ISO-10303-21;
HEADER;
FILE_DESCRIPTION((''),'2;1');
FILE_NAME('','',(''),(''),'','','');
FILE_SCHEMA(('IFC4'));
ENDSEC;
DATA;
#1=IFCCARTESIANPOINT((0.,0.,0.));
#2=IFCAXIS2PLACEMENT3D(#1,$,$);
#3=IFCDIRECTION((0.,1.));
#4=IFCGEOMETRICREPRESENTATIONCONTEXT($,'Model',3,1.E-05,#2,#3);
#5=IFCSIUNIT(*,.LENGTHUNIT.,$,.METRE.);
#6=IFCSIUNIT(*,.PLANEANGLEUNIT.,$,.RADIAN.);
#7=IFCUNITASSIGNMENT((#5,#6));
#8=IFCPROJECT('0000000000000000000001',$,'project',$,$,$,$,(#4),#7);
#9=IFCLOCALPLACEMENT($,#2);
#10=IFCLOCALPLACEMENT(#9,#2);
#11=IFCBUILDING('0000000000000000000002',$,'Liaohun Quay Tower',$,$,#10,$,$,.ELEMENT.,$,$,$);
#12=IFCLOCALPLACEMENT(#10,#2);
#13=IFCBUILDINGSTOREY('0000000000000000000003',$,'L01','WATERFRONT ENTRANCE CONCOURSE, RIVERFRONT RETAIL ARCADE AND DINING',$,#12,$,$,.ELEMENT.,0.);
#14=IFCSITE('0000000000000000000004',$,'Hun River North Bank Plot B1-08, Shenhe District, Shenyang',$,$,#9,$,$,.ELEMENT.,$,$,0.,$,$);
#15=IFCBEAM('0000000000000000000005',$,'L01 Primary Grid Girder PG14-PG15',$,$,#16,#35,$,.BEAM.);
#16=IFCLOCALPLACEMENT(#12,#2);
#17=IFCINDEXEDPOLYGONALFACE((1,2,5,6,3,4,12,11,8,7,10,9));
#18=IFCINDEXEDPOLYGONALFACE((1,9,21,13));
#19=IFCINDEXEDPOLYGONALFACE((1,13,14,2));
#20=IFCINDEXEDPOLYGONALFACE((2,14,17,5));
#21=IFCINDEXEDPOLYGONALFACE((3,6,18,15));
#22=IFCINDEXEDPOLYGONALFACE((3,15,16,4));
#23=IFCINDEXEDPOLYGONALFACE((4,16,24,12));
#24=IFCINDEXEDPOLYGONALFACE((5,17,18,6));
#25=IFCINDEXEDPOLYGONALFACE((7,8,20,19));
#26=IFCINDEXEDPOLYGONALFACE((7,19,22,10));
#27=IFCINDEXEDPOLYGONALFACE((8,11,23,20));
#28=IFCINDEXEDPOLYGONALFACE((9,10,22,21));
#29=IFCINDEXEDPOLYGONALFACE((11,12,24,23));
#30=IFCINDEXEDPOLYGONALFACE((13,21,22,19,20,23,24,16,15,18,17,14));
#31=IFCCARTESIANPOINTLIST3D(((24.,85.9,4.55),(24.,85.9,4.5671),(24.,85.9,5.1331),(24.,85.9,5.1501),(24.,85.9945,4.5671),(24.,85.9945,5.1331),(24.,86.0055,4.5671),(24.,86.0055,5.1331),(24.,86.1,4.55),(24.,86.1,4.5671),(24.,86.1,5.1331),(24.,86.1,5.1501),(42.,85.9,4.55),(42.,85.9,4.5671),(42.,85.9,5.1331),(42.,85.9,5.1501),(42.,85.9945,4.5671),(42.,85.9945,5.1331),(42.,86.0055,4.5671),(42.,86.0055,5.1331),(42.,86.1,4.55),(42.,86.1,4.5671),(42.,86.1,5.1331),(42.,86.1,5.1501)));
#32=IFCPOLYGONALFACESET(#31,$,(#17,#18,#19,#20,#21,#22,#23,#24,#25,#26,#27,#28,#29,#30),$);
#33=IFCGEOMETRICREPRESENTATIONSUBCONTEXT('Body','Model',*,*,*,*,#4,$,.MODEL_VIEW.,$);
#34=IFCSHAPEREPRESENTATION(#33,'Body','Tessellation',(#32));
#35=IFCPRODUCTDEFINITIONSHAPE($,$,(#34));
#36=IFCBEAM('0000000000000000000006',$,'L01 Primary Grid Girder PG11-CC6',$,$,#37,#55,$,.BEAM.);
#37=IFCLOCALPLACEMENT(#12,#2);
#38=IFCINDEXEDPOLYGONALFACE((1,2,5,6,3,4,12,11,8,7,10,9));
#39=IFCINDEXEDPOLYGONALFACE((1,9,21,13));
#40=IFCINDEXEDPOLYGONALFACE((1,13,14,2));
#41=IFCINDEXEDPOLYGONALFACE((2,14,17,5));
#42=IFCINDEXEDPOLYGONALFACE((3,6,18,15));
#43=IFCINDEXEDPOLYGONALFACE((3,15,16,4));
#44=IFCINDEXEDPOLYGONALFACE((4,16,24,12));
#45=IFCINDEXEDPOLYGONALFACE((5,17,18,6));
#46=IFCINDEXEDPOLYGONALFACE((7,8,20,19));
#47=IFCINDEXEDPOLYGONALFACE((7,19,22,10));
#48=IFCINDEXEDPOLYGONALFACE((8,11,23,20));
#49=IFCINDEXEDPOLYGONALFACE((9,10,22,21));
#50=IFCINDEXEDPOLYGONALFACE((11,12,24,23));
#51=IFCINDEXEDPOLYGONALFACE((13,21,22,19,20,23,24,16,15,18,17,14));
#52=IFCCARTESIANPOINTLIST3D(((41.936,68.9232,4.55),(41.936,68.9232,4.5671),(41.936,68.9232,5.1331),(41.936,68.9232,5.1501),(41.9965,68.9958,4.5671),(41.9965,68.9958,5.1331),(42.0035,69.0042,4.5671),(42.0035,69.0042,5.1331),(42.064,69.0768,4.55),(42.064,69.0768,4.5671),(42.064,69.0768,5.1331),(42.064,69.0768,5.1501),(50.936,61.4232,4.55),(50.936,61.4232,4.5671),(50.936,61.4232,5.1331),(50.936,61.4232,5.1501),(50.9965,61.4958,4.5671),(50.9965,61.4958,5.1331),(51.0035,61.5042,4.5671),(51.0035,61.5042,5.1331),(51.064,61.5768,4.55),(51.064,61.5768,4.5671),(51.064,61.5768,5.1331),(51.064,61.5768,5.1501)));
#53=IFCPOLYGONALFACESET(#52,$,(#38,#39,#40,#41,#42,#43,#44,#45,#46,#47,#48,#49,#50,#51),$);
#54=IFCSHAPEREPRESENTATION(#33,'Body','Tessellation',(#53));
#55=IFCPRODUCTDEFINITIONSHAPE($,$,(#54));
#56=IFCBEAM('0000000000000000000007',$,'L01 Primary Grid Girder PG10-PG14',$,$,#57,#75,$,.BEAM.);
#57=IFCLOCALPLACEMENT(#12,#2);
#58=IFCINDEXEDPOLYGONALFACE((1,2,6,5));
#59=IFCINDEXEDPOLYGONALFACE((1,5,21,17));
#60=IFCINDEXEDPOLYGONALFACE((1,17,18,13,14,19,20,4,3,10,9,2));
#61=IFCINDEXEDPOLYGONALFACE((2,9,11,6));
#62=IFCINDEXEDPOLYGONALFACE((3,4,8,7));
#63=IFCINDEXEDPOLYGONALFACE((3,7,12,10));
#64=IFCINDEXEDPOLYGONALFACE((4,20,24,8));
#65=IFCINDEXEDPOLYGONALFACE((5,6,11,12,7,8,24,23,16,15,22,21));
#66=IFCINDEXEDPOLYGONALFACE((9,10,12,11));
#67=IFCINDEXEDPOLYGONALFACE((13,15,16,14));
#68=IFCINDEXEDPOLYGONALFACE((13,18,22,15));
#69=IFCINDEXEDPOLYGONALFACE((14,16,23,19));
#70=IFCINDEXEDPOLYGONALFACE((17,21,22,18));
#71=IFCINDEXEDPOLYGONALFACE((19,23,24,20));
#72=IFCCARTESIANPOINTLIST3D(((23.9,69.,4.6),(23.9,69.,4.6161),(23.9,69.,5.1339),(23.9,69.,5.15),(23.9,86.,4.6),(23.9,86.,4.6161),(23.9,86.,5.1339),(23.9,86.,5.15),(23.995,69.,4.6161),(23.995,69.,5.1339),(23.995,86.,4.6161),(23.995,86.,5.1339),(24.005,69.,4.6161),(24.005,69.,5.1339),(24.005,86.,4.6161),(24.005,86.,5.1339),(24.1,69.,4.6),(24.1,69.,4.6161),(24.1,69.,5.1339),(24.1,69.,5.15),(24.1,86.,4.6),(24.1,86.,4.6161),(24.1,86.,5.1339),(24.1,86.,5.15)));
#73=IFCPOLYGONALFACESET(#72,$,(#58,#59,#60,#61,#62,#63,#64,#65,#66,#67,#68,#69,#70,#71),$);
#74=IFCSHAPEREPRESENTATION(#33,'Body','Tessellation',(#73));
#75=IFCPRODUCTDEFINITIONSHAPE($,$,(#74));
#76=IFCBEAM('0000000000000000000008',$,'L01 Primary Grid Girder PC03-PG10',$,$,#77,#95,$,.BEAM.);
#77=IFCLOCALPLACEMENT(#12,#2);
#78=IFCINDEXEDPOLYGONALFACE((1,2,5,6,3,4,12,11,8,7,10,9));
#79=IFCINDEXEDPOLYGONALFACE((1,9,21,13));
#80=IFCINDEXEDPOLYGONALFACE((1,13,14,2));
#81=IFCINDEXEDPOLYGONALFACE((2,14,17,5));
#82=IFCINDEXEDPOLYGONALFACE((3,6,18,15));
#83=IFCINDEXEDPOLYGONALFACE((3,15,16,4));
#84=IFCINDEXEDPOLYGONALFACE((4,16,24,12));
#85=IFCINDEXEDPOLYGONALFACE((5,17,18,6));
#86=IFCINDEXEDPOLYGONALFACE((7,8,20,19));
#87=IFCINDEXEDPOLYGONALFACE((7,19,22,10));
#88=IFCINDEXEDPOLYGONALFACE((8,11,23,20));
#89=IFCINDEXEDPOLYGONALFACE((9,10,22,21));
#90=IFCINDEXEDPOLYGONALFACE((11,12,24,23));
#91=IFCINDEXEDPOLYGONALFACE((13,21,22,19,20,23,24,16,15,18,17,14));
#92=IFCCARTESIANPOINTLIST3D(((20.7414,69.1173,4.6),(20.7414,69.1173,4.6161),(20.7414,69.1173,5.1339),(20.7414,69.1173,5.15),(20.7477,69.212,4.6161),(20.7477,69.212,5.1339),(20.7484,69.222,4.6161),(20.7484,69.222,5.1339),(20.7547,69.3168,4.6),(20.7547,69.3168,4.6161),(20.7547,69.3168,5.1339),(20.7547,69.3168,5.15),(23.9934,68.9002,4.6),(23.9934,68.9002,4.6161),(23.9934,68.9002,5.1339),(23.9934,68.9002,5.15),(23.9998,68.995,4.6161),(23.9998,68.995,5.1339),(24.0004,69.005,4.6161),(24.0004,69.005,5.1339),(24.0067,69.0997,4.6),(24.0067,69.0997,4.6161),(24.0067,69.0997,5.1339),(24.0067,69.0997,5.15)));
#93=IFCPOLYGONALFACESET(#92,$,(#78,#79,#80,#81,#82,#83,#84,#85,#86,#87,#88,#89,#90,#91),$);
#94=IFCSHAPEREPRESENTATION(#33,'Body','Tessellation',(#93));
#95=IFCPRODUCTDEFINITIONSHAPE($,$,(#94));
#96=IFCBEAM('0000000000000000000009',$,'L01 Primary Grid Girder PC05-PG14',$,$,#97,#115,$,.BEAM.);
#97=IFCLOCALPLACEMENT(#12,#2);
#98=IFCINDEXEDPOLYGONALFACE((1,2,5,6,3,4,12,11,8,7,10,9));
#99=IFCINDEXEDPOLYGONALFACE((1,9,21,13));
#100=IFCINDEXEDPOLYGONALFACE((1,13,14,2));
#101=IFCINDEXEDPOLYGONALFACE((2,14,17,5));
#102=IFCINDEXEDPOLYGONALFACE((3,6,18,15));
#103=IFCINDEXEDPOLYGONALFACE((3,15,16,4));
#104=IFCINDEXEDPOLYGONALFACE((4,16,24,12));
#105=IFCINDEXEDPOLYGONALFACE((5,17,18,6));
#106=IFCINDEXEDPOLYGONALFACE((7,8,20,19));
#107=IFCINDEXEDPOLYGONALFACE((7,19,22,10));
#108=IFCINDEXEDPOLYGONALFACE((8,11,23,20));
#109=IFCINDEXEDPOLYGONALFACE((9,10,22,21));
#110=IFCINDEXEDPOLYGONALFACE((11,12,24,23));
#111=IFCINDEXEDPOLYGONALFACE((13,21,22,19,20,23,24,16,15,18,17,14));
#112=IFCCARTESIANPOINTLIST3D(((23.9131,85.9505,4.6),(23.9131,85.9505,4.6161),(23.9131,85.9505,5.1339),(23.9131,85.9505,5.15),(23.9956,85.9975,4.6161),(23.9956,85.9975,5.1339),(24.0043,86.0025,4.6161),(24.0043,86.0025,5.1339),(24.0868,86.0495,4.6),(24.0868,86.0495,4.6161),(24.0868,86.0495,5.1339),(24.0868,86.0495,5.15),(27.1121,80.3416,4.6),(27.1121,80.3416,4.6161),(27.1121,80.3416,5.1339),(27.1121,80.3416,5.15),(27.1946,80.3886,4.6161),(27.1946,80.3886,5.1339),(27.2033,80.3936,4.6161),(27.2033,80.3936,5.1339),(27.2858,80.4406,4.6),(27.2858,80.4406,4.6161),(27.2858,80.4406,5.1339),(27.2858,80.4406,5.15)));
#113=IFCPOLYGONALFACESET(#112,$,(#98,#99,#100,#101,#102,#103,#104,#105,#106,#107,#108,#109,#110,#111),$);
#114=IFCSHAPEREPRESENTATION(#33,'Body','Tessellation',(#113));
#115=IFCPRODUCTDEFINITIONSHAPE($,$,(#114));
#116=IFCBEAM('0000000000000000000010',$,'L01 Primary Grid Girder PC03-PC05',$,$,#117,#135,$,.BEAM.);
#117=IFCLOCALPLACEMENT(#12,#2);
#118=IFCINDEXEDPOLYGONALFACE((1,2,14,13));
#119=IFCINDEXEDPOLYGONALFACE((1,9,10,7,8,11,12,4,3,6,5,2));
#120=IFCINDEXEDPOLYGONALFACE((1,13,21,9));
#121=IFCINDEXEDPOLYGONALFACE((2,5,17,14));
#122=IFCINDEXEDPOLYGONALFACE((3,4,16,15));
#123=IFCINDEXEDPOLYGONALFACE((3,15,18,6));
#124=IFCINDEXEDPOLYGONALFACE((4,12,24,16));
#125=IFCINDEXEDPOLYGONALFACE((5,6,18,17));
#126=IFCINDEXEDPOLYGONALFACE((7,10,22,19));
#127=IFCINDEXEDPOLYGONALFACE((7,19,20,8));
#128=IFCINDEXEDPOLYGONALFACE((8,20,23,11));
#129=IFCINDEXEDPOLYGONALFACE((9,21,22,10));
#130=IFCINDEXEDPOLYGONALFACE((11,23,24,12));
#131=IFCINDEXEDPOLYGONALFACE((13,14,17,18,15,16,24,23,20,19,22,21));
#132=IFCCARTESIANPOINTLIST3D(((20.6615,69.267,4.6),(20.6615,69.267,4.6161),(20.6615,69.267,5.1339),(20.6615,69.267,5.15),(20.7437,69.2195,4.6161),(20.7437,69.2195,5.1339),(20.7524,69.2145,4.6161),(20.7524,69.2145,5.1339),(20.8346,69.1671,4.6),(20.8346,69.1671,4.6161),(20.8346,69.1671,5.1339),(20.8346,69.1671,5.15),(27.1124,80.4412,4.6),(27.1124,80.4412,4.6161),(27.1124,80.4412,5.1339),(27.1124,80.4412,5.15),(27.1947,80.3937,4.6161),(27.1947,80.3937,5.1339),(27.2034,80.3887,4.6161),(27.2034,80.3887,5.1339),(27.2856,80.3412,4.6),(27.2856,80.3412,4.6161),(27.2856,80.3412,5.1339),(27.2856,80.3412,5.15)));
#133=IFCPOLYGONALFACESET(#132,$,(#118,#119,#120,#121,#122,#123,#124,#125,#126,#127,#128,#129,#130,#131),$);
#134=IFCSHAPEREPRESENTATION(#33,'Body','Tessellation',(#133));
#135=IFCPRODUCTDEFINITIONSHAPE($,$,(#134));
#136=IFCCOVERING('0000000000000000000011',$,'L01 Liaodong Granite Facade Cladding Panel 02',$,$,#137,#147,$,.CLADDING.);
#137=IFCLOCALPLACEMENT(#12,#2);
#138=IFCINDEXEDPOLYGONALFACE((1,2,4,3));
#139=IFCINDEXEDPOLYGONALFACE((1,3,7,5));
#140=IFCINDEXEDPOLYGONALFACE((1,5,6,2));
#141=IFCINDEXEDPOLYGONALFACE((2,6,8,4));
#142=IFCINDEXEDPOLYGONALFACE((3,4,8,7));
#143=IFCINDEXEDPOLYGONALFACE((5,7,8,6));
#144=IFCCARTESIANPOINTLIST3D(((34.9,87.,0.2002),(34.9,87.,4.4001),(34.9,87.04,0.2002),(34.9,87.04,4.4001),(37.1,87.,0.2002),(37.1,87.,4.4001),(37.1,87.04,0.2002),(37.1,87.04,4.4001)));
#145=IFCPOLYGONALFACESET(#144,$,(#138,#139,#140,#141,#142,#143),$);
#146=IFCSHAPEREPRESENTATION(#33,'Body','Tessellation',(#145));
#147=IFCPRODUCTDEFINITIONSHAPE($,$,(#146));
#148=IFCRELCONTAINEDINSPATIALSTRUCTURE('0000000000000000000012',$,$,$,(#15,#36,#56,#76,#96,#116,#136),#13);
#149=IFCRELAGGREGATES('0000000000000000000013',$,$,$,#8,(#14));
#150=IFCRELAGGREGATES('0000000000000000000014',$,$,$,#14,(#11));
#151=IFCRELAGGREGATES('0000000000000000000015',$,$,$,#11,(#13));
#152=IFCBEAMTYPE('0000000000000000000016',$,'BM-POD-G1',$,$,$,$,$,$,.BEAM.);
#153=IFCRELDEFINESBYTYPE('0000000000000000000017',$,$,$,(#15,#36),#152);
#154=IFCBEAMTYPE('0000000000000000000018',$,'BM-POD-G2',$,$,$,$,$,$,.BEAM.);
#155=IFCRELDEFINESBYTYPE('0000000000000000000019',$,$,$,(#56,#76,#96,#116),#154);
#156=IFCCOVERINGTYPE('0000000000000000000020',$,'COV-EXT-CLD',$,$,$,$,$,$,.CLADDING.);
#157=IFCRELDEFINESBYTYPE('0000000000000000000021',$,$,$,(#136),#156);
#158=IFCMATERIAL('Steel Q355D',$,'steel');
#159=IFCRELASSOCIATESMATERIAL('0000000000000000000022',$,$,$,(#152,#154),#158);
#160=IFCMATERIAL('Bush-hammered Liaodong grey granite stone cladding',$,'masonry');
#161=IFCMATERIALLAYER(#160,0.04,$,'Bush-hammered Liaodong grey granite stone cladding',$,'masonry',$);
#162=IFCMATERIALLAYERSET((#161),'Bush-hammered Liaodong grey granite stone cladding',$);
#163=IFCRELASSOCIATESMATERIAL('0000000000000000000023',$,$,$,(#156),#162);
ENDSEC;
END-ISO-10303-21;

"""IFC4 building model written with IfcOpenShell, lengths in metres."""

from ifc_helpers import new_model, si_unit, direction, frame, origin, origin_2d, place, context, subcontext, project, spatial, rectangle, i_section, extrude, source, transform, mapped, material, layer, layer_set, material_profile, profile_set, type_object, element, save


model = new_model("IFC4")

# Units and contexts
model_context = context("Model", 3, precision=1e-05, world=origin(), true_north=direction((0.0, 1.0)))
body_context = subcontext(model_context, "Body", "Model", "MODEL_VIEW")
ifc_project = project(units=[si_unit("LENGTHUNIT", "METRE"), si_unit("PLANEANGLEUNIT", "RADIAN")], contexts=[model_context])

# Site, building, storey
site_placement = place(None, origin())
site = spatial("IfcSite", under=ifc_project, at=site_placement, Name="Hun River North Bank Plot B1-08, Shenhe District, Shenyang", CompositionType="ELEMENT", RefElevation=0.0)
building_placement = place(site_placement, origin())
building = spatial("IfcBuilding", under=site, at=building_placement, Name="Liaohun Quay Tower", CompositionType="ELEMENT")
storey_placement = place(building_placement, origin())
storey = spatial("IfcBuildingStorey", under=building, at=storey_placement, Name="L01", Description="WATERFRONT ENTRANCE CONCOURSE, RIVERFRONT RETAIL ARCADE AND DINING", CompositionType="ELEMENT", Elevation=0.0)

# Beams
ifc_material_1 = material(Name="Steel Q355D", Category="steel")
ifc_material_profile_1 = material_profile(ifc_material_1, i_section(OverallWidth=0.2, OverallDepth=0.6001, WebThickness=0.011, FlangeThickness=0.0171, at=origin_2d()), Name="HN600x200x11x17")
ifc_profile_set_1 = profile_set([ifc_material_profile_1], Name="Steel Q355D")
beam_type_1 = type_object("IfcBeamType", Name="BM-POD-G1", PredefinedType="BEAM", material=ifc_profile_set_1)
shared_shape_1 = source(origin(), body_context, "Body", "SweptSolid", [
    extrude(i_section(OverallWidth=0.2, OverallDepth=0.6001, WebThickness=0.011, FlangeThickness=0.0171, at=origin_2d()), origin(), (0.0, 0.0, 1.0), 18.0),
])
for number, where, z_axis, x_axis, name in (
    (1, (24.0, 86.0, 4.8501), (1.0, 0.0, 0.0), (0.0, 1.0, 0.0), "L01 Primary Grid Girder PG14-PG15"),
):
    element("IfcBeam", number, at=place(storey_placement, frame(where, z_axis=z_axis, x_axis=x_axis)), inside=storey, type_object=beam_type_1, Name=name, PredefinedType="BEAM", context=body_context, shape_type="MappedRepresentation", body=[
        mapped(shared_shape_1, transform((0.0, 0.0, 0.0), x_axis=(1.0, 0.0, 0.0), y_axis=(0.0, 1.0, 0.0), z_axis=(0.0, 0.0, 1.0), scale=1.0)),
    ])
shared_shape_2 = source(origin(), body_context, "Body", "SweptSolid", [
    extrude(i_section(OverallWidth=0.2, OverallDepth=0.6001, WebThickness=0.011, FlangeThickness=0.0171, at=origin_2d()), origin(), (0.0, 0.0, 1.0), 11.7153),
])
beam_1_placement = place(storey_placement, frame((42.0, 69.0, 4.8501), z_axis=(0.768221, -0.640184, 0.0), x_axis=(0.640184, 0.768221, 0.0)))
element("IfcBeam", 2, at=beam_1_placement, inside=storey, type_object=beam_type_1, Name="L01 Primary Grid Girder PG11-CC6", PredefinedType="BEAM", context=body_context, shape_type="MappedRepresentation", body=[
    mapped(shared_shape_2, transform((0.0, 0.0, 0.0), x_axis=(1.0, 0.0, 0.0), y_axis=(0.0, 1.0, 0.0), z_axis=(0.0, 0.0, 1.0), scale=1.0)),
])
ifc_material_profile_2 = material_profile(ifc_material_1, i_section(OverallWidth=0.2, OverallDepth=0.55, WebThickness=0.01, FlangeThickness=0.0161, at=origin_2d()), Name="HN550x200x10x16")
ifc_profile_set_2 = profile_set([ifc_material_profile_2], Name="Steel Q355D")
beam_type_2 = type_object("IfcBeamType", Name="BM-POD-G2", PredefinedType="BEAM", material=ifc_profile_set_2)
shared_shape_3 = source(origin(), body_context, "Body", "SweptSolid", [
    extrude(i_section(OverallWidth=0.2, OverallDepth=0.55, WebThickness=0.01, FlangeThickness=0.0161, at=origin_2d()), origin(), (0.0, 0.0, 1.0), 17.0),
])
beam_2_placement = place(storey_placement, frame((24.0, 69.0, 4.875), z_axis=(0.0, 1.0, 0.0), x_axis=(-1.0, 0.0, 0.0)))
element("IfcBeam", 3, at=beam_2_placement, inside=storey, type_object=beam_type_2, Name="L01 Primary Grid Girder PG10-PG14", PredefinedType="BEAM", context=body_context, shape_type="MappedRepresentation", body=[
    mapped(shared_shape_3, transform((0.0, 0.0, 0.0), x_axis=(1.0, 0.0, 0.0), y_axis=(0.0, 1.0, 0.0), z_axis=(0.0, 0.0, 1.0), scale=1.0)),
])
shared_shape_4 = source(origin(), body_context, "Body", "SweptSolid", [
    extrude(i_section(OverallWidth=0.2, OverallDepth=0.55, WebThickness=0.01, FlangeThickness=0.0161, at=origin_2d()), origin(), (0.0, 0.0, 1.0), 3.2593),
])
beam_3_placement = place(storey_placement, frame((20.748, 69.217, 4.875), z_axis=(0.99778, -0.066594, 0.0), x_axis=(0.066594, 0.99778, 0.0)))
element("IfcBeam", 4, at=beam_3_placement, inside=storey, type_object=beam_type_2, Name="L01 Primary Grid Girder PC03-PG10", PredefinedType="BEAM", context=body_context, shape_type="MappedRepresentation", body=[
    mapped(shared_shape_4, transform((0.0, 0.0, 0.0), x_axis=(1.0, 0.0, 0.0), y_axis=(0.0, 1.0, 0.0), z_axis=(0.0, 0.0, 1.0), scale=1.0)),
])
shared_shape_5 = source(origin(), body_context, "Body", "SweptSolid", [
    extrude(i_section(OverallWidth=0.2, OverallDepth=0.55, WebThickness=0.01, FlangeThickness=0.0161, at=origin_2d()), origin(), (0.0, 0.0, 1.0), 6.457),
])
beam_4_placement = place(storey_placement, frame((27.199, 80.3911, 4.875), z_axis=(-0.495426, 0.86865, 0.0), x_axis=(-0.86865, -0.495426, 0.0)))
element("IfcBeam", 5, at=beam_4_placement, inside=storey, type_object=beam_type_2, Name="L01 Primary Grid Girder PC05-PG14", PredefinedType="BEAM", context=body_context, shape_type="MappedRepresentation", body=[
    mapped(shared_shape_5, transform((0.0, 0.0, 0.0), x_axis=(1.0, 0.0, 0.0), y_axis=(0.0, 1.0, 0.0), z_axis=(0.0, 0.0, 1.0), scale=1.0)),
])
shared_shape_6 = source(origin(), body_context, "Body", "SweptSolid", [
    extrude(i_section(OverallWidth=0.2, OverallDepth=0.55, WebThickness=0.01, FlangeThickness=0.0161, at=origin_2d()), origin(), (0.0, 0.0, 1.0), 12.9026),
])
beam_5_placement = place(storey_placement, frame((20.748, 69.217, 4.875), z_axis=(0.499975, 0.86604, 0.0), x_axis=(-0.86604, 0.499975, 0.0)))
element("IfcBeam", 6, at=beam_5_placement, inside=storey, type_object=beam_type_2, Name="L01 Primary Grid Girder PC03-PC05", PredefinedType="BEAM", context=body_context, shape_type="MappedRepresentation", body=[
    mapped(shared_shape_6, transform((0.0, 0.0, 0.0), x_axis=(1.0, 0.0, 0.0), y_axis=(0.0, 1.0, 0.0), z_axis=(0.0, 0.0, 1.0), scale=1.0)),
])

# Covering
ifc_material_2 = material(Name="Bush-hammered Liaodong grey granite stone cladding", Category="masonry")
ifc_layer = layer(ifc_material_2, 0.04, Name="Bush-hammered Liaodong grey granite stone cladding", Category="masonry")
ifc_layer_set = layer_set([ifc_layer], Name="Bush-hammered Liaodong grey granite stone cladding")
covering_type = type_object("IfcCoveringType", Name="COV-EXT-CLD", PredefinedType="CLADDING", material=ifc_layer_set)
shared_shape_7 = source(origin(), body_context, "Body", "SweptSolid", [
    extrude(rectangle(XDim=2.2, YDim=0.04, at=origin_2d()), origin(), (0.0, 0.0, 1.0), 4.2),
])
covering_placement = place(storey_placement, frame((36.0, 87.02, 0.2002), z_axis=(0.0, 0.0, 1.0), x_axis=(1.0, 0.0, 0.0)))
element("IfcCovering", 7, at=covering_placement, inside=storey, type_object=covering_type, Name="L01 Liaodong Granite Facade Cladding Panel 02", PredefinedType="CLADDING", context=body_context, shape_type="MappedRepresentation", body=[
    mapped(shared_shape_7, transform((0.0, 0.0, 0.0), x_axis=(1.0, 0.0, 0.0), y_axis=(0.0, 1.0, 0.0), z_axis=(0.0, 0.0, 1.0), scale=1.0)),
])

save(model, "model.ifc")
